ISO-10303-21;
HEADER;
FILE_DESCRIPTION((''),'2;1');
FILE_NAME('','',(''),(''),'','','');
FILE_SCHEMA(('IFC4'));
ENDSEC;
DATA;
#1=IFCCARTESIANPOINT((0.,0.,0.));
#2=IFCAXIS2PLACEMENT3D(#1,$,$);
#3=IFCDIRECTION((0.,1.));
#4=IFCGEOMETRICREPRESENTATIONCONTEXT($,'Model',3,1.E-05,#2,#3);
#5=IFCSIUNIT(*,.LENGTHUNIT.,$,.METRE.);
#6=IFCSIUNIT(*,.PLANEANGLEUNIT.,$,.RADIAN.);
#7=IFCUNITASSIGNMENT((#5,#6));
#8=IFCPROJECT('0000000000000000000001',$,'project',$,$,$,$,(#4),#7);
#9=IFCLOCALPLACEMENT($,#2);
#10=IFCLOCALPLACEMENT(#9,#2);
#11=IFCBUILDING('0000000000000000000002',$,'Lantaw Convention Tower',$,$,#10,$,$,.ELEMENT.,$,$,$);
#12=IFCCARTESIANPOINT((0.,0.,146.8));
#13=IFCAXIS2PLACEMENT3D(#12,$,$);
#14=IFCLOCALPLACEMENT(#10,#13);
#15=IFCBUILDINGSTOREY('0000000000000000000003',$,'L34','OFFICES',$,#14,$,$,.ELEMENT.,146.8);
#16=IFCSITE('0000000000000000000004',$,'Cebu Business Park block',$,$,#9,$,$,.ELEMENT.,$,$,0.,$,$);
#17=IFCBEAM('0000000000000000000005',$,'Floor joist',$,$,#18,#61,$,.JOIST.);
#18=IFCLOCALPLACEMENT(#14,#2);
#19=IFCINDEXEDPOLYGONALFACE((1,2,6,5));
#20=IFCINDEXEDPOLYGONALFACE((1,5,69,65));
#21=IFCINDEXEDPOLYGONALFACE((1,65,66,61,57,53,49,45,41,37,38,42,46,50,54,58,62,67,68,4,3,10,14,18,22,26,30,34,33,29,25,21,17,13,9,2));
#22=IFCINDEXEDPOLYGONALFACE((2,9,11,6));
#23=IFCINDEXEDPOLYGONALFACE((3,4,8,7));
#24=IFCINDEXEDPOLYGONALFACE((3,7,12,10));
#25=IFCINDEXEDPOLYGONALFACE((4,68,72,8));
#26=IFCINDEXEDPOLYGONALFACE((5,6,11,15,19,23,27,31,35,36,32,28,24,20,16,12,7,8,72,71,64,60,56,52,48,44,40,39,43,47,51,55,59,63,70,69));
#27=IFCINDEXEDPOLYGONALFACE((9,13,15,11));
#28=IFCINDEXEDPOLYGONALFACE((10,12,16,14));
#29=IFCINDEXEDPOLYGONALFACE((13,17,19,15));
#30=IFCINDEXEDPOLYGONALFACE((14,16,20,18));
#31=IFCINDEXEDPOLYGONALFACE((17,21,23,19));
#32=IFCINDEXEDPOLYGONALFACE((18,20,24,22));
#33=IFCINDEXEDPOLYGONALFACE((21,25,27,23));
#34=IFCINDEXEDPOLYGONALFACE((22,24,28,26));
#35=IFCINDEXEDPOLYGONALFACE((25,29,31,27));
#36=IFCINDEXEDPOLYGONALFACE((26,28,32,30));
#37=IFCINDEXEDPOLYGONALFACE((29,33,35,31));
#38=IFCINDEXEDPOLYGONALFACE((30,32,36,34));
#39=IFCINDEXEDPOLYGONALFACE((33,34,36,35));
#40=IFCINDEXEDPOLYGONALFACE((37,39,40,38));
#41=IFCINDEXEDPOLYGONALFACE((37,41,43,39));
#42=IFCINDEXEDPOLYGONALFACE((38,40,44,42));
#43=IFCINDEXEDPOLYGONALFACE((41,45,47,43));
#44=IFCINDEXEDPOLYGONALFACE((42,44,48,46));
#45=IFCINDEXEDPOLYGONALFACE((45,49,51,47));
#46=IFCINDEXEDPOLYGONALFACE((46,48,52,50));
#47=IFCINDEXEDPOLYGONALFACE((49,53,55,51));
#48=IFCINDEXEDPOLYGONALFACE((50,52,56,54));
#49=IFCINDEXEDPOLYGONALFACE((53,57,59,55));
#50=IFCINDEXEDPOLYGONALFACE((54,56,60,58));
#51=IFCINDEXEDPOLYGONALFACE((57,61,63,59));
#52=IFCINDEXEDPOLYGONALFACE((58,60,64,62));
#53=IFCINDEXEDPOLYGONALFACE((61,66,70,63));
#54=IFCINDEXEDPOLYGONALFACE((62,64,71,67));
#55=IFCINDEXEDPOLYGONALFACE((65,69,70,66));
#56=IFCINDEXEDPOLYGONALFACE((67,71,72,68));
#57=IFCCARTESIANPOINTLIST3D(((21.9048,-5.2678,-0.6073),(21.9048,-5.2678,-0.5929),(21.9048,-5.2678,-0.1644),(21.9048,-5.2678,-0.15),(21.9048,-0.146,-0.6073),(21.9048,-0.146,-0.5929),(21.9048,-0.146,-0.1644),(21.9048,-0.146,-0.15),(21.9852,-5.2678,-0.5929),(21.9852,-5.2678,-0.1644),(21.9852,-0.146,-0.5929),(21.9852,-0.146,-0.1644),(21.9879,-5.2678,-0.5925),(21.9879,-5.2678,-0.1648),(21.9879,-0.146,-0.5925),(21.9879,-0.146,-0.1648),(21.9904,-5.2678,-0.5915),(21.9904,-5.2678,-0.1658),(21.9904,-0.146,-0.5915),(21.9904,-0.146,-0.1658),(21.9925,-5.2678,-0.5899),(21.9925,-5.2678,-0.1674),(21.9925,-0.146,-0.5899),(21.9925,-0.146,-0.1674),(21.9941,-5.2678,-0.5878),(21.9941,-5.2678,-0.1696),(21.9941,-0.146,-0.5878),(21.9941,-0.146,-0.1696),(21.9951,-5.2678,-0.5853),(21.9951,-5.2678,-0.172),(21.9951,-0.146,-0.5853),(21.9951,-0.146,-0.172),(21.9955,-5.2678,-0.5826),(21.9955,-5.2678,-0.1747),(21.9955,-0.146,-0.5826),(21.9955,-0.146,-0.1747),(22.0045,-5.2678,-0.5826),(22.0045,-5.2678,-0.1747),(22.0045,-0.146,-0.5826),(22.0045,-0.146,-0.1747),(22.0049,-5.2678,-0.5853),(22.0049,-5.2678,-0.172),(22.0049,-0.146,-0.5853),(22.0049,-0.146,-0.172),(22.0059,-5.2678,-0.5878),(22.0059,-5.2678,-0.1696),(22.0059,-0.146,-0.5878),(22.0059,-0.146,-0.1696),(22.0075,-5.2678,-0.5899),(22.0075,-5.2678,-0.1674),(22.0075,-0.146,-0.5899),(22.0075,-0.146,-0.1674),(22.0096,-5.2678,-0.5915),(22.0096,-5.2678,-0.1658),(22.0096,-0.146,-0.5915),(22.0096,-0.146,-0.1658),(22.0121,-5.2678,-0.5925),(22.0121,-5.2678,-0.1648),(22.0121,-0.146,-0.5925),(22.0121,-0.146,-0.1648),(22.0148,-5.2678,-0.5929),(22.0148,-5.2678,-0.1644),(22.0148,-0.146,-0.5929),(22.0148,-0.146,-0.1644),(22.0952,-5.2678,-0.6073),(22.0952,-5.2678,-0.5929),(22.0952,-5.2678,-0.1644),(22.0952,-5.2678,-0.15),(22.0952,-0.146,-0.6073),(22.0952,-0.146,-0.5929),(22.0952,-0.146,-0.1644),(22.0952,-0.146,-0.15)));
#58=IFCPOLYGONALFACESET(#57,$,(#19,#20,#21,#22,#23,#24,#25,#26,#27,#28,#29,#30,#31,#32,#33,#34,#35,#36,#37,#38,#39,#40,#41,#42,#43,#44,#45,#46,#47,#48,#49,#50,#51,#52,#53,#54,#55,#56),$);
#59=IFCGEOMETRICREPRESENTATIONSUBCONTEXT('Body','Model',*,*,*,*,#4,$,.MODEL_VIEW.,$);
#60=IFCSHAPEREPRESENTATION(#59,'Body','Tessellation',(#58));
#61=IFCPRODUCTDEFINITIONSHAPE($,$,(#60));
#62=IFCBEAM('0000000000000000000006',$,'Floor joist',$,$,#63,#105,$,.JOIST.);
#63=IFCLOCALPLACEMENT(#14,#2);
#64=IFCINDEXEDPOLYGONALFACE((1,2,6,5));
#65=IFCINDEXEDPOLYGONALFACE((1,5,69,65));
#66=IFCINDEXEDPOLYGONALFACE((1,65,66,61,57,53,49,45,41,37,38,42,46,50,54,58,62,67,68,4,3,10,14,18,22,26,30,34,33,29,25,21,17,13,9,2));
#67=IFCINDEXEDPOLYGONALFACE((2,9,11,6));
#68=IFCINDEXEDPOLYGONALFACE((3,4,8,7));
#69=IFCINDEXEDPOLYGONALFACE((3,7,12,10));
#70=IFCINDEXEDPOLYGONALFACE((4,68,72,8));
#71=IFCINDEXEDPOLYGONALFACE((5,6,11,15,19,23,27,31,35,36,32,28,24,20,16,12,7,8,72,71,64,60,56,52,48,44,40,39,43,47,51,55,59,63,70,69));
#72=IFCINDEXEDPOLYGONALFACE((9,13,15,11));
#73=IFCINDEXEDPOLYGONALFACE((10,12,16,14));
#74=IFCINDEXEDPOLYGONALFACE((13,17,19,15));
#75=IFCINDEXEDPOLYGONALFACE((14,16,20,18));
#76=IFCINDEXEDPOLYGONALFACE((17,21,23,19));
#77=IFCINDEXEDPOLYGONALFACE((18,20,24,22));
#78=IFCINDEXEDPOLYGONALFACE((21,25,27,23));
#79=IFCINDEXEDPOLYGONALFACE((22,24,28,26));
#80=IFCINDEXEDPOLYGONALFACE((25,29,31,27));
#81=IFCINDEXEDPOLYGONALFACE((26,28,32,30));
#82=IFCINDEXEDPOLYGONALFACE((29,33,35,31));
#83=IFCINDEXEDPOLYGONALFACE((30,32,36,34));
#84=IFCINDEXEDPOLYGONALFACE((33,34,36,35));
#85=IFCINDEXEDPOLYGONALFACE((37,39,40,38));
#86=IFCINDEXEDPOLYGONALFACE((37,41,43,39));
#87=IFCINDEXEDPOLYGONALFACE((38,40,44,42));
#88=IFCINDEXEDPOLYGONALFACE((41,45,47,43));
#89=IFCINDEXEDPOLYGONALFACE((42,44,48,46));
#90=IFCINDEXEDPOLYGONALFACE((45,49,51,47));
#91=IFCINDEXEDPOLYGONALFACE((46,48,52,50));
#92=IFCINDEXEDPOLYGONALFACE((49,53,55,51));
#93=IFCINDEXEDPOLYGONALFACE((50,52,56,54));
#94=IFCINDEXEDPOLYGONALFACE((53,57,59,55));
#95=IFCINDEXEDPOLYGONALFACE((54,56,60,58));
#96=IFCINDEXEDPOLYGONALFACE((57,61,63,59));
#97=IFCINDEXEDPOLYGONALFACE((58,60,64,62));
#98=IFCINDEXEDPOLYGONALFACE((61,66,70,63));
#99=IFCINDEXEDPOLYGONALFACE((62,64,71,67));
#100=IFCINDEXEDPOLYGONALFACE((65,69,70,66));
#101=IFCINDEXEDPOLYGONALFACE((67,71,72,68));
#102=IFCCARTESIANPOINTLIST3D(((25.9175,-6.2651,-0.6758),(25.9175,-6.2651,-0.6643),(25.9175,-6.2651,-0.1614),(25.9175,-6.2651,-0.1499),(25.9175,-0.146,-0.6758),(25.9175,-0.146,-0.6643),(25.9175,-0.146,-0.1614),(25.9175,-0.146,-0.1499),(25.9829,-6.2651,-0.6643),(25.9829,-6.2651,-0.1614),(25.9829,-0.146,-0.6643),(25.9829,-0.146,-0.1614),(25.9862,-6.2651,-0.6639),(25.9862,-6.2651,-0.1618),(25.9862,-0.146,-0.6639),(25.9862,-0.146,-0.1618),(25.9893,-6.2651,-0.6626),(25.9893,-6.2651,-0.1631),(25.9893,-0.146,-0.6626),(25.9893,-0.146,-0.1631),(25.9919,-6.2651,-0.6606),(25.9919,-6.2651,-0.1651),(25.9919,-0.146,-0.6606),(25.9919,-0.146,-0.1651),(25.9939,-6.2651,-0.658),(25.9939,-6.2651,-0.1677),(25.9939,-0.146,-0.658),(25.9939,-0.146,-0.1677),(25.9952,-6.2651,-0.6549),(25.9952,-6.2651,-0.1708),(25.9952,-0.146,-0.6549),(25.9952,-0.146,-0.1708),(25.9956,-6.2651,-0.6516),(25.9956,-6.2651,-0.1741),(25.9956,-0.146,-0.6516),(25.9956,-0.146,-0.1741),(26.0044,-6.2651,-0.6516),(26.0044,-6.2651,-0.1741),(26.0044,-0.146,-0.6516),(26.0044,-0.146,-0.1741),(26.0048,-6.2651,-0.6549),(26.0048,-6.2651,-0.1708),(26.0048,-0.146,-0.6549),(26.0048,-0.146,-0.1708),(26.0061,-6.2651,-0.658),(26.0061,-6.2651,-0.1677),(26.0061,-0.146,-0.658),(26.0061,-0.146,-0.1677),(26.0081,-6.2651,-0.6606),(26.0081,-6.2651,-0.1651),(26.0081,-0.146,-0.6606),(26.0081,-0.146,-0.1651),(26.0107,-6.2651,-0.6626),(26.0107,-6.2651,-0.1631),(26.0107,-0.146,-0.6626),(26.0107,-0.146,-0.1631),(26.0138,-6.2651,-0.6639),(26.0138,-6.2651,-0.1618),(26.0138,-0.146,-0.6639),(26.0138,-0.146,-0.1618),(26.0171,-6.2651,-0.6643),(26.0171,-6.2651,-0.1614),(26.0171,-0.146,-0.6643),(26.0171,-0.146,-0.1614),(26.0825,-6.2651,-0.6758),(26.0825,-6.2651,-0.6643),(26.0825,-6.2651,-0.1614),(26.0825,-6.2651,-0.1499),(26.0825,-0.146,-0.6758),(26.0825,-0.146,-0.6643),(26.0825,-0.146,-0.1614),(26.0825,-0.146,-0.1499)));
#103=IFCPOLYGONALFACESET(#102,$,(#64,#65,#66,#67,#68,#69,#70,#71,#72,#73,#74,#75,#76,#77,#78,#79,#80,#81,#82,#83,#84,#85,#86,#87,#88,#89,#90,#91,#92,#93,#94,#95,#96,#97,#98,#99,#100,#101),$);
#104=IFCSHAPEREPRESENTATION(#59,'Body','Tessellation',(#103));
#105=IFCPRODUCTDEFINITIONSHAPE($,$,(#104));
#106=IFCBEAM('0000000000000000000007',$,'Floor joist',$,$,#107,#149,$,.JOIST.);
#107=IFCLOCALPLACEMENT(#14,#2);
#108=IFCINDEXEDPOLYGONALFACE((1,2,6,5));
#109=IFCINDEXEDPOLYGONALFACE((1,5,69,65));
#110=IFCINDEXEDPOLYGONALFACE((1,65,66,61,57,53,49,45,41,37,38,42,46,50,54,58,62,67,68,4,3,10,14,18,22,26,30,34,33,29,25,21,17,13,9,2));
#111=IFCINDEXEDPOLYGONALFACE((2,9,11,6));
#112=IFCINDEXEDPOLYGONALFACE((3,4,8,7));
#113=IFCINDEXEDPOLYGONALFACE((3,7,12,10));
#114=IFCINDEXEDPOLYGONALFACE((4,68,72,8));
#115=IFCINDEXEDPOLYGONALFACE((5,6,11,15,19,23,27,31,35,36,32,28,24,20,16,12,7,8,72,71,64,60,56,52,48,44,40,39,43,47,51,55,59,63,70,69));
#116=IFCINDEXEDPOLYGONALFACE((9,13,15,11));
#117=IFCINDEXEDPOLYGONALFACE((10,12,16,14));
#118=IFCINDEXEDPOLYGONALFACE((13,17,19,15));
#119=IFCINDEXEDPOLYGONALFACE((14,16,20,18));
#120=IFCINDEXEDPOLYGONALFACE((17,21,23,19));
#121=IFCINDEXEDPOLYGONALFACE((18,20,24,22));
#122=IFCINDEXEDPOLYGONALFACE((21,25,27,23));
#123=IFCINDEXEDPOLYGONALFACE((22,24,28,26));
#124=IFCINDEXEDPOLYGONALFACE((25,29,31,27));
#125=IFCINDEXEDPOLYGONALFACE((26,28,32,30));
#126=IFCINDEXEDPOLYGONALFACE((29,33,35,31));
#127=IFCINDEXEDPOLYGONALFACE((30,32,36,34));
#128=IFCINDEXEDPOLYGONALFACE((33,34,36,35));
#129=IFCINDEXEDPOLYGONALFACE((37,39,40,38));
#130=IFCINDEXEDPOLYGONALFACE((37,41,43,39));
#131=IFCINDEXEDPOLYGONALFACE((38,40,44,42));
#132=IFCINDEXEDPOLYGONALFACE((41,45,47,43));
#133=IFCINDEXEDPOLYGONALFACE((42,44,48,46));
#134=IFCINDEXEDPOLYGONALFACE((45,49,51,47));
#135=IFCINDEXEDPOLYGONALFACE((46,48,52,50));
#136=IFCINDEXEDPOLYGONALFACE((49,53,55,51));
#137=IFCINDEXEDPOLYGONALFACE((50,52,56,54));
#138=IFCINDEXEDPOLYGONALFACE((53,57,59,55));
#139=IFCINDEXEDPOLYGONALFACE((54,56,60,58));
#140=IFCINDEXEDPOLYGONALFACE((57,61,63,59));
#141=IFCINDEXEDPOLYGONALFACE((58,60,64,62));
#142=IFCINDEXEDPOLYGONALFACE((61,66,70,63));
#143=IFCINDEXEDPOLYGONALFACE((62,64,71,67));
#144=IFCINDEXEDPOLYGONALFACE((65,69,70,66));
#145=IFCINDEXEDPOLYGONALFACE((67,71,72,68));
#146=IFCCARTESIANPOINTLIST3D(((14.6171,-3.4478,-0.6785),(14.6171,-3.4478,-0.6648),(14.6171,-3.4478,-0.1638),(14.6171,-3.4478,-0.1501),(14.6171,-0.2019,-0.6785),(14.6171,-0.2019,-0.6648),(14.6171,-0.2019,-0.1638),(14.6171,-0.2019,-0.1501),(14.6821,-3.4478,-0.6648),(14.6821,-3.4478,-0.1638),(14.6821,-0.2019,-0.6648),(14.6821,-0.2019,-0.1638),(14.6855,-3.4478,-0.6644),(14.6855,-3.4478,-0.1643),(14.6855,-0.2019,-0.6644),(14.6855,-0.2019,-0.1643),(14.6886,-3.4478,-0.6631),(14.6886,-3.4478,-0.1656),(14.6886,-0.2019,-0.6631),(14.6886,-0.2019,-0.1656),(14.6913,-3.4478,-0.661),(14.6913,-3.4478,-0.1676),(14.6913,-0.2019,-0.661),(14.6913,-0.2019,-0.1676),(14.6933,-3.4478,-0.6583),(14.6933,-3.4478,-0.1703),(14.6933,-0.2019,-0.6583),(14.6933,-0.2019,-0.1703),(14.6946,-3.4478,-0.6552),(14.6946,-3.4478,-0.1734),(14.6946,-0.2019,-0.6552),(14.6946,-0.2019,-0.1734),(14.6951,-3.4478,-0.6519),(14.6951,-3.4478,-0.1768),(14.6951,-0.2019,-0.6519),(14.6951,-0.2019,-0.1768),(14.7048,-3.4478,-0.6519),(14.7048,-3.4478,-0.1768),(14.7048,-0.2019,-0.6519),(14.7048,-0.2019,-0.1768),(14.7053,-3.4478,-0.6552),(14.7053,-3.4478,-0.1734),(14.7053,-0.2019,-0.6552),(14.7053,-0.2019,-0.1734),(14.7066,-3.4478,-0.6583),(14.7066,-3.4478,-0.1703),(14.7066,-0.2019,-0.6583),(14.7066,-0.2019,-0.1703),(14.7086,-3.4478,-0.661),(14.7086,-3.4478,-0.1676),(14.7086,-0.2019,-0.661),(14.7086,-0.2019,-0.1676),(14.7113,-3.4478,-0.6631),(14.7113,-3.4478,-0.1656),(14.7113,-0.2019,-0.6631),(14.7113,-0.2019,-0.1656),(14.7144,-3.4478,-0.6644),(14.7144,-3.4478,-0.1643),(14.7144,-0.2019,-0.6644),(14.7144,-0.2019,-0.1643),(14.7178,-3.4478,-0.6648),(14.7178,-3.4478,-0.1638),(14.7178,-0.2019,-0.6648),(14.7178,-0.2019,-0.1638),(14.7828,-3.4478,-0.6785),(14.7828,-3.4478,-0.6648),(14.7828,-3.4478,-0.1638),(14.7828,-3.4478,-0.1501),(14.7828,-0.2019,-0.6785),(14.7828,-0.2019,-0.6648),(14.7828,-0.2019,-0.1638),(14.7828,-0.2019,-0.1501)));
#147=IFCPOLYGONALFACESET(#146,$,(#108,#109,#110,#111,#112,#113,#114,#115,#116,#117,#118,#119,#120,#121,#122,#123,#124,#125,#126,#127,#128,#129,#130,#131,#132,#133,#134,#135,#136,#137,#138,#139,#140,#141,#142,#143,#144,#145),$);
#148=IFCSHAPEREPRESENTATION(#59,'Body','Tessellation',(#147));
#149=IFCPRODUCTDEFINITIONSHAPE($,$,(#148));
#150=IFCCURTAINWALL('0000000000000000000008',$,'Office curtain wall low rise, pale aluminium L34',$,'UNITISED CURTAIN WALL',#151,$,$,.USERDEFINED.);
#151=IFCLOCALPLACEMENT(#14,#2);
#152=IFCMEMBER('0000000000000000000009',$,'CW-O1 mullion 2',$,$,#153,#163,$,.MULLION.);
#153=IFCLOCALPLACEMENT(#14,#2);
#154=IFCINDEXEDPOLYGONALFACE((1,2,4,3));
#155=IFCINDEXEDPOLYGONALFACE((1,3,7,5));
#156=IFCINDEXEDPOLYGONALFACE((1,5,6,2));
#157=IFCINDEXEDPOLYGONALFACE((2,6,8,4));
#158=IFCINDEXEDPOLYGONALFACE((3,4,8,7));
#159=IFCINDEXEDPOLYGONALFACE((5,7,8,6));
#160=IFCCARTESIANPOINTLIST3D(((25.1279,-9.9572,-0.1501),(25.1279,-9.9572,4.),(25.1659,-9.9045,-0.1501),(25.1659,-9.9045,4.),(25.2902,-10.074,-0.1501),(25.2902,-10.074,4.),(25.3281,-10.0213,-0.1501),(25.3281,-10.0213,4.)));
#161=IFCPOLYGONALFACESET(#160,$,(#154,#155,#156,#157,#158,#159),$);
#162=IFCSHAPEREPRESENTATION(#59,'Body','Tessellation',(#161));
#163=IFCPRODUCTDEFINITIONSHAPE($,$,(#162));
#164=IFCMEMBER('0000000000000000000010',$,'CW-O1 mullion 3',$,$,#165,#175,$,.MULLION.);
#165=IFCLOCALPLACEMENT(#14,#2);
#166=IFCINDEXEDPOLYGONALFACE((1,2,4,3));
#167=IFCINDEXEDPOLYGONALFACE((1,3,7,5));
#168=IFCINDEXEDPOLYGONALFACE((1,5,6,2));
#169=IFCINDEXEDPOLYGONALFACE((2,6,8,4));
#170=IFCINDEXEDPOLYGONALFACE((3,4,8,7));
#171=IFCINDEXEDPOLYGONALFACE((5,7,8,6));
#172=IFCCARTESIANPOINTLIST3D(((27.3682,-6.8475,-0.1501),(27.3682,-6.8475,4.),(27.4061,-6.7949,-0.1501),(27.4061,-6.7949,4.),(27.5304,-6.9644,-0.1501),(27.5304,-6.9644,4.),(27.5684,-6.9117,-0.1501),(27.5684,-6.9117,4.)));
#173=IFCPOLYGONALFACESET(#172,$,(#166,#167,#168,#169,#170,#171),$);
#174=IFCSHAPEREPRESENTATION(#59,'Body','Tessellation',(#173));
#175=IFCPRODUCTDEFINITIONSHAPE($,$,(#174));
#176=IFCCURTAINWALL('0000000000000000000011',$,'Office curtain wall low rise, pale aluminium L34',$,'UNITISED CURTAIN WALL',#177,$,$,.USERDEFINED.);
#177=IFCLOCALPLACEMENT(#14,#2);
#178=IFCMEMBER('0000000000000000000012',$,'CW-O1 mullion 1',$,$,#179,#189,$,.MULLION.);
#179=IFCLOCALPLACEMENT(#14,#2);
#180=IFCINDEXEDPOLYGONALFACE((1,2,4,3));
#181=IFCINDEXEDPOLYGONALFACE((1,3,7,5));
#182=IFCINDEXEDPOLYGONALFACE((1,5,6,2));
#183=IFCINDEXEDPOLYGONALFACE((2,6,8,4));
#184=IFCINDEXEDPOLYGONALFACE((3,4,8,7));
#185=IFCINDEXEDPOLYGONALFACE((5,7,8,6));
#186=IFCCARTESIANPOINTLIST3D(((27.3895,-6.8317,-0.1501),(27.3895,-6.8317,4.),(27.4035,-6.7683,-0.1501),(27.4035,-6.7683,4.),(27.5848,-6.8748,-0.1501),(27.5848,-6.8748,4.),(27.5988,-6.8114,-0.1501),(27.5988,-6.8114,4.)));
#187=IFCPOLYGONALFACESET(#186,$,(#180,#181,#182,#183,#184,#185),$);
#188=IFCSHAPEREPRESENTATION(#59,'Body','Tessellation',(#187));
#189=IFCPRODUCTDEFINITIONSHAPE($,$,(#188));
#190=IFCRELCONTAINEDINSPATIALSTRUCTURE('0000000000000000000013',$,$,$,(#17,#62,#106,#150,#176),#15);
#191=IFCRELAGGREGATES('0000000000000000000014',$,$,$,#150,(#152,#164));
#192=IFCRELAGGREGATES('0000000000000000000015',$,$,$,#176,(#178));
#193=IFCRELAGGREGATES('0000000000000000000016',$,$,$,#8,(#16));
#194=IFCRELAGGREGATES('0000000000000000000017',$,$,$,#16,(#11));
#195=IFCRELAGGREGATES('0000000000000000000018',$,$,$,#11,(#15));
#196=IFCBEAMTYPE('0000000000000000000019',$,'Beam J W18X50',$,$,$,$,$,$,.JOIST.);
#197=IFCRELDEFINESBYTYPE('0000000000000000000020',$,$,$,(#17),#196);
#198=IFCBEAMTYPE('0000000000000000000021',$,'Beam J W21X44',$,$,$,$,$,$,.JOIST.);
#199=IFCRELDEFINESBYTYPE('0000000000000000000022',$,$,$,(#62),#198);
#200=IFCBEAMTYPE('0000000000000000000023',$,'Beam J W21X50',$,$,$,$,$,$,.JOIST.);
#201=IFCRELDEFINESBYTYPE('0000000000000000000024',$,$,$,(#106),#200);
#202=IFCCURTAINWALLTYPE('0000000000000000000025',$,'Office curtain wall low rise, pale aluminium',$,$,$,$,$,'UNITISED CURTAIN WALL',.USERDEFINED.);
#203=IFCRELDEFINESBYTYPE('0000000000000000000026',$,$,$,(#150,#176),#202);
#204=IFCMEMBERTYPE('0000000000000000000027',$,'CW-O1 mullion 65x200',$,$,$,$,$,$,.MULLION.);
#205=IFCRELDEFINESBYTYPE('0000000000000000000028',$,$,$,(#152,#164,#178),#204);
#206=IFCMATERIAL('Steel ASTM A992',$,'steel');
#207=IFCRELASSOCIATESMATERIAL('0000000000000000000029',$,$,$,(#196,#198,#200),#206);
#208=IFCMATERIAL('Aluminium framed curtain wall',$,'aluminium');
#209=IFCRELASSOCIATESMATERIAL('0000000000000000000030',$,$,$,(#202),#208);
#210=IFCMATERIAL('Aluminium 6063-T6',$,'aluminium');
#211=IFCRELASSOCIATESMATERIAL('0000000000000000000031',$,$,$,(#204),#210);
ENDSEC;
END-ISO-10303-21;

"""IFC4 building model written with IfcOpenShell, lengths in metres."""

from ifc_helpers import new_model, si_unit, direction, frame, origin, origin_2d, place, context, subcontext, project, spatial, rectangle, i_section, extrude, material, material_profile, profile_set, type_object, element, aggregate, save


model = new_model("IFC4")

# Units and contexts
model_context = context("Model", 3, precision=1e-05, world=origin(), true_north=direction((0.0, 1.0)))
body_context = subcontext(model_context, "Body", "Model", "MODEL_VIEW")
ifc_project = project(units=[si_unit("LENGTHUNIT", "METRE"), si_unit("PLANEANGLEUNIT", "RADIAN")], contexts=[model_context])

# Site, building, storey
site_placement = place(None, origin())
site = spatial("IfcSite", under=ifc_project, at=site_placement, Name="Cebu Business Park block", CompositionType="ELEMENT", RefElevation=0.0)
building_placement = place(site_placement, origin())
building = spatial("IfcBuilding", under=site, at=building_placement, Name="Lantaw Convention Tower", CompositionType="ELEMENT")
storey_placement = place(building_placement, frame((0.0, 0.0, 146.8)))
storey = spatial("IfcBuildingStorey", under=building, at=storey_placement, Name="L34", Description="OFFICES", CompositionType="ELEMENT", Elevation=146.8)

# Beams
ifc_material_1 = material(Name="Steel ASTM A992", Category="steel")
ifc_material_profile_1 = material_profile(ifc_material_1, i_section(OverallWidth=0.1904, OverallDepth=0.4573, WebThickness=0.009, FlangeThickness=0.0144, FilletRadius=0.0103, at=origin_2d()), Name="W18X50")
ifc_profile_set_1 = profile_set([ifc_material_profile_1], Name="Steel ASTM A992")
beam_type_1 = type_object("IfcBeamType", Name="Beam J W18X50", PredefinedType="JOIST", material=ifc_profile_set_1)
beam_1_placement = place(storey_placement, frame((22.0, -5.2678, -0.3787), z_axis=(0.0, 1.0, 0.0), x_axis=(-1.0, 0.0, 0.0)))
element("IfcBeam", 1, at=beam_1_placement, inside=storey, type_object=beam_type_1, Name="Floor joist", PredefinedType="JOIST", context=body_context, shape_type="SweptSolid", body=[
    extrude(i_section(OverallWidth=0.1904, OverallDepth=0.4573, WebThickness=0.009, FlangeThickness=0.0144, FilletRadius=0.0103, at=origin_2d()), origin(), (0.0, 0.0, 1.0), 5.1218),
])
ifc_material_profile_2 = material_profile(ifc_material_1, i_section(OverallWidth=0.165, OverallDepth=0.5259, WebThickness=0.0088, FlangeThickness=0.0115, FilletRadius=0.0127, at=origin_2d()), Name="W21X44")
ifc_profile_set_2 = profile_set([ifc_material_profile_2], Name="Steel ASTM A992")
beam_type_2 = type_object("IfcBeamType", Name="Beam J W21X44", PredefinedType="JOIST", material=ifc_profile_set_2)
beam_2_placement = place(storey_placement, frame((26.0, -6.2651, -0.4128), z_axis=(0.0, 1.0, 0.0), x_axis=(-1.0, 0.0, 0.0)))
element("IfcBeam", 2, at=beam_2_placement, inside=storey, type_object=beam_type_2, Name="Floor joist", PredefinedType="JOIST", context=body_context, shape_type="SweptSolid", body=[
    extrude(i_section(OverallWidth=0.165, OverallDepth=0.5259, WebThickness=0.0088, FlangeThickness=0.0115, FilletRadius=0.0127, at=origin_2d()), origin(), (0.0, 0.0, 1.0), 6.1191),
])
ifc_material_profile_3 = material_profile(ifc_material_1, i_section(OverallWidth=0.1658, OverallDepth=0.5283, WebThickness=0.0098, FlangeThickness=0.0137, FilletRadius=0.0129, at=origin_2d()), Name="W21X50")
ifc_profile_set_3 = profile_set([ifc_material_profile_3], Name="Steel ASTM A992")
beam_type_3 = type_object("IfcBeamType", Name="Beam J W21X50", PredefinedType="JOIST", material=ifc_profile_set_3)
beam_3_placement = place(storey_placement, frame((14.7, -3.4478, -0.4143), z_axis=(0.0, 1.0, 0.0), x_axis=(-1.0, 0.0, 0.0)))
element("IfcBeam", 3, at=beam_3_placement, inside=storey, type_object=beam_type_3, Name="Floor joist", PredefinedType="JOIST", context=body_context, shape_type="SweptSolid", body=[
    extrude(i_section(OverallWidth=0.1658, OverallDepth=0.5283, WebThickness=0.0098, FlangeThickness=0.0137, FilletRadius=0.0129, at=origin_2d()), origin(), (0.0, 0.0, 1.0), 3.2458),
])

# Curtain walls, members
ifc_material_2 = material(Name="Aluminium framed curtain wall", Category="aluminium")
curtain_wall_type = type_object("IfcCurtainWallType", Name="Office curtain wall low rise, pale aluminium", ElementType="UNITISED CURTAIN WALL", PredefinedType="USERDEFINED", material=ifc_material_2)
curtain_wall_1_placement = place(storey_placement, origin())
curtain_wall_1 = element("IfcCurtainWall", 4, at=curtain_wall_1_placement, inside=storey, type_object=curtain_wall_type, Name="Office curtain wall low rise, pale aluminium L34", ObjectType="UNITISED CURTAIN WALL", PredefinedType="USERDEFINED")
ifc_material_3 = material(Name="Aluminium 6063-T6", Category="aluminium")
ifc_material_profile_4 = material_profile(ifc_material_3, rectangle(XDim=0.2, YDim=0.0649, at=origin_2d()), Name="CW-O1 mullion 65x200")
ifc_profile_set_4 = profile_set([ifc_material_profile_4], Name="Aluminium 6063-T6")
member_type_1 = type_object("IfcMemberType", Name="CW-O1 mullion 65x200", PredefinedType="MULLION", material=ifc_profile_set_4)
member_1_placement = place(storey_placement, frame((25.228, -9.9893, -0.1501), z_axis=(0.0, 0.0, 1.0), x_axis=(-0.811385, 0.584513, 0.0)))
member_1 = element("IfcMember", 5, at=member_1_placement, type_object=member_type_1, Name="CW-O1 mullion 2", PredefinedType="MULLION", context=body_context, shape_type="SweptSolid", body=[
    extrude(rectangle(XDim=0.2, YDim=0.0649, at=origin_2d()), origin(), (0.0, 0.0, 1.0), 4.1501),
])
member_2_placement = place(storey_placement, frame((27.4683, -6.8796, -0.1501), z_axis=(0.0, 0.0, 1.0), x_axis=(-0.811385, 0.584513, 0.0)))
member_2 = element("IfcMember", 6, at=member_2_placement, type_object=member_type_1, Name="CW-O1 mullion 3", PredefinedType="MULLION", context=body_context, shape_type="SweptSolid", body=[
    extrude(rectangle(XDim=0.2, YDim=0.0649, at=origin_2d()), origin(), (0.0, 0.0, 1.0), 4.1501),
])
curtain_wall_2_placement = place(storey_placement, origin())
curtain_wall_2 = element("IfcCurtainWall", 7, at=curtain_wall_2_placement, inside=storey, type_object=curtain_wall_type, Name="Office curtain wall low rise, pale aluminium L34", ObjectType="UNITISED CURTAIN WALL", PredefinedType="USERDEFINED")
member_3_placement = place(storey_placement, frame((27.4941, -6.8215, -0.1501), z_axis=(0.0, 0.0, 1.0), x_axis=(-0.976494, 0.215546, 0.0)))
member_3 = element("IfcMember", 8, at=member_3_placement, type_object=member_type_1, Name="CW-O1 mullion 1", PredefinedType="MULLION", context=body_context, shape_type="SweptSolid", body=[
    extrude(rectangle(XDim=0.2, YDim=0.0649, at=origin_2d()), origin(), (0.0, 0.0, 1.0), 4.1501),
])

aggregate(curtain_wall_1, [member_1, member_2])
aggregate(curtain_wall_2, [member_3])

save(model, "model.ifc")
